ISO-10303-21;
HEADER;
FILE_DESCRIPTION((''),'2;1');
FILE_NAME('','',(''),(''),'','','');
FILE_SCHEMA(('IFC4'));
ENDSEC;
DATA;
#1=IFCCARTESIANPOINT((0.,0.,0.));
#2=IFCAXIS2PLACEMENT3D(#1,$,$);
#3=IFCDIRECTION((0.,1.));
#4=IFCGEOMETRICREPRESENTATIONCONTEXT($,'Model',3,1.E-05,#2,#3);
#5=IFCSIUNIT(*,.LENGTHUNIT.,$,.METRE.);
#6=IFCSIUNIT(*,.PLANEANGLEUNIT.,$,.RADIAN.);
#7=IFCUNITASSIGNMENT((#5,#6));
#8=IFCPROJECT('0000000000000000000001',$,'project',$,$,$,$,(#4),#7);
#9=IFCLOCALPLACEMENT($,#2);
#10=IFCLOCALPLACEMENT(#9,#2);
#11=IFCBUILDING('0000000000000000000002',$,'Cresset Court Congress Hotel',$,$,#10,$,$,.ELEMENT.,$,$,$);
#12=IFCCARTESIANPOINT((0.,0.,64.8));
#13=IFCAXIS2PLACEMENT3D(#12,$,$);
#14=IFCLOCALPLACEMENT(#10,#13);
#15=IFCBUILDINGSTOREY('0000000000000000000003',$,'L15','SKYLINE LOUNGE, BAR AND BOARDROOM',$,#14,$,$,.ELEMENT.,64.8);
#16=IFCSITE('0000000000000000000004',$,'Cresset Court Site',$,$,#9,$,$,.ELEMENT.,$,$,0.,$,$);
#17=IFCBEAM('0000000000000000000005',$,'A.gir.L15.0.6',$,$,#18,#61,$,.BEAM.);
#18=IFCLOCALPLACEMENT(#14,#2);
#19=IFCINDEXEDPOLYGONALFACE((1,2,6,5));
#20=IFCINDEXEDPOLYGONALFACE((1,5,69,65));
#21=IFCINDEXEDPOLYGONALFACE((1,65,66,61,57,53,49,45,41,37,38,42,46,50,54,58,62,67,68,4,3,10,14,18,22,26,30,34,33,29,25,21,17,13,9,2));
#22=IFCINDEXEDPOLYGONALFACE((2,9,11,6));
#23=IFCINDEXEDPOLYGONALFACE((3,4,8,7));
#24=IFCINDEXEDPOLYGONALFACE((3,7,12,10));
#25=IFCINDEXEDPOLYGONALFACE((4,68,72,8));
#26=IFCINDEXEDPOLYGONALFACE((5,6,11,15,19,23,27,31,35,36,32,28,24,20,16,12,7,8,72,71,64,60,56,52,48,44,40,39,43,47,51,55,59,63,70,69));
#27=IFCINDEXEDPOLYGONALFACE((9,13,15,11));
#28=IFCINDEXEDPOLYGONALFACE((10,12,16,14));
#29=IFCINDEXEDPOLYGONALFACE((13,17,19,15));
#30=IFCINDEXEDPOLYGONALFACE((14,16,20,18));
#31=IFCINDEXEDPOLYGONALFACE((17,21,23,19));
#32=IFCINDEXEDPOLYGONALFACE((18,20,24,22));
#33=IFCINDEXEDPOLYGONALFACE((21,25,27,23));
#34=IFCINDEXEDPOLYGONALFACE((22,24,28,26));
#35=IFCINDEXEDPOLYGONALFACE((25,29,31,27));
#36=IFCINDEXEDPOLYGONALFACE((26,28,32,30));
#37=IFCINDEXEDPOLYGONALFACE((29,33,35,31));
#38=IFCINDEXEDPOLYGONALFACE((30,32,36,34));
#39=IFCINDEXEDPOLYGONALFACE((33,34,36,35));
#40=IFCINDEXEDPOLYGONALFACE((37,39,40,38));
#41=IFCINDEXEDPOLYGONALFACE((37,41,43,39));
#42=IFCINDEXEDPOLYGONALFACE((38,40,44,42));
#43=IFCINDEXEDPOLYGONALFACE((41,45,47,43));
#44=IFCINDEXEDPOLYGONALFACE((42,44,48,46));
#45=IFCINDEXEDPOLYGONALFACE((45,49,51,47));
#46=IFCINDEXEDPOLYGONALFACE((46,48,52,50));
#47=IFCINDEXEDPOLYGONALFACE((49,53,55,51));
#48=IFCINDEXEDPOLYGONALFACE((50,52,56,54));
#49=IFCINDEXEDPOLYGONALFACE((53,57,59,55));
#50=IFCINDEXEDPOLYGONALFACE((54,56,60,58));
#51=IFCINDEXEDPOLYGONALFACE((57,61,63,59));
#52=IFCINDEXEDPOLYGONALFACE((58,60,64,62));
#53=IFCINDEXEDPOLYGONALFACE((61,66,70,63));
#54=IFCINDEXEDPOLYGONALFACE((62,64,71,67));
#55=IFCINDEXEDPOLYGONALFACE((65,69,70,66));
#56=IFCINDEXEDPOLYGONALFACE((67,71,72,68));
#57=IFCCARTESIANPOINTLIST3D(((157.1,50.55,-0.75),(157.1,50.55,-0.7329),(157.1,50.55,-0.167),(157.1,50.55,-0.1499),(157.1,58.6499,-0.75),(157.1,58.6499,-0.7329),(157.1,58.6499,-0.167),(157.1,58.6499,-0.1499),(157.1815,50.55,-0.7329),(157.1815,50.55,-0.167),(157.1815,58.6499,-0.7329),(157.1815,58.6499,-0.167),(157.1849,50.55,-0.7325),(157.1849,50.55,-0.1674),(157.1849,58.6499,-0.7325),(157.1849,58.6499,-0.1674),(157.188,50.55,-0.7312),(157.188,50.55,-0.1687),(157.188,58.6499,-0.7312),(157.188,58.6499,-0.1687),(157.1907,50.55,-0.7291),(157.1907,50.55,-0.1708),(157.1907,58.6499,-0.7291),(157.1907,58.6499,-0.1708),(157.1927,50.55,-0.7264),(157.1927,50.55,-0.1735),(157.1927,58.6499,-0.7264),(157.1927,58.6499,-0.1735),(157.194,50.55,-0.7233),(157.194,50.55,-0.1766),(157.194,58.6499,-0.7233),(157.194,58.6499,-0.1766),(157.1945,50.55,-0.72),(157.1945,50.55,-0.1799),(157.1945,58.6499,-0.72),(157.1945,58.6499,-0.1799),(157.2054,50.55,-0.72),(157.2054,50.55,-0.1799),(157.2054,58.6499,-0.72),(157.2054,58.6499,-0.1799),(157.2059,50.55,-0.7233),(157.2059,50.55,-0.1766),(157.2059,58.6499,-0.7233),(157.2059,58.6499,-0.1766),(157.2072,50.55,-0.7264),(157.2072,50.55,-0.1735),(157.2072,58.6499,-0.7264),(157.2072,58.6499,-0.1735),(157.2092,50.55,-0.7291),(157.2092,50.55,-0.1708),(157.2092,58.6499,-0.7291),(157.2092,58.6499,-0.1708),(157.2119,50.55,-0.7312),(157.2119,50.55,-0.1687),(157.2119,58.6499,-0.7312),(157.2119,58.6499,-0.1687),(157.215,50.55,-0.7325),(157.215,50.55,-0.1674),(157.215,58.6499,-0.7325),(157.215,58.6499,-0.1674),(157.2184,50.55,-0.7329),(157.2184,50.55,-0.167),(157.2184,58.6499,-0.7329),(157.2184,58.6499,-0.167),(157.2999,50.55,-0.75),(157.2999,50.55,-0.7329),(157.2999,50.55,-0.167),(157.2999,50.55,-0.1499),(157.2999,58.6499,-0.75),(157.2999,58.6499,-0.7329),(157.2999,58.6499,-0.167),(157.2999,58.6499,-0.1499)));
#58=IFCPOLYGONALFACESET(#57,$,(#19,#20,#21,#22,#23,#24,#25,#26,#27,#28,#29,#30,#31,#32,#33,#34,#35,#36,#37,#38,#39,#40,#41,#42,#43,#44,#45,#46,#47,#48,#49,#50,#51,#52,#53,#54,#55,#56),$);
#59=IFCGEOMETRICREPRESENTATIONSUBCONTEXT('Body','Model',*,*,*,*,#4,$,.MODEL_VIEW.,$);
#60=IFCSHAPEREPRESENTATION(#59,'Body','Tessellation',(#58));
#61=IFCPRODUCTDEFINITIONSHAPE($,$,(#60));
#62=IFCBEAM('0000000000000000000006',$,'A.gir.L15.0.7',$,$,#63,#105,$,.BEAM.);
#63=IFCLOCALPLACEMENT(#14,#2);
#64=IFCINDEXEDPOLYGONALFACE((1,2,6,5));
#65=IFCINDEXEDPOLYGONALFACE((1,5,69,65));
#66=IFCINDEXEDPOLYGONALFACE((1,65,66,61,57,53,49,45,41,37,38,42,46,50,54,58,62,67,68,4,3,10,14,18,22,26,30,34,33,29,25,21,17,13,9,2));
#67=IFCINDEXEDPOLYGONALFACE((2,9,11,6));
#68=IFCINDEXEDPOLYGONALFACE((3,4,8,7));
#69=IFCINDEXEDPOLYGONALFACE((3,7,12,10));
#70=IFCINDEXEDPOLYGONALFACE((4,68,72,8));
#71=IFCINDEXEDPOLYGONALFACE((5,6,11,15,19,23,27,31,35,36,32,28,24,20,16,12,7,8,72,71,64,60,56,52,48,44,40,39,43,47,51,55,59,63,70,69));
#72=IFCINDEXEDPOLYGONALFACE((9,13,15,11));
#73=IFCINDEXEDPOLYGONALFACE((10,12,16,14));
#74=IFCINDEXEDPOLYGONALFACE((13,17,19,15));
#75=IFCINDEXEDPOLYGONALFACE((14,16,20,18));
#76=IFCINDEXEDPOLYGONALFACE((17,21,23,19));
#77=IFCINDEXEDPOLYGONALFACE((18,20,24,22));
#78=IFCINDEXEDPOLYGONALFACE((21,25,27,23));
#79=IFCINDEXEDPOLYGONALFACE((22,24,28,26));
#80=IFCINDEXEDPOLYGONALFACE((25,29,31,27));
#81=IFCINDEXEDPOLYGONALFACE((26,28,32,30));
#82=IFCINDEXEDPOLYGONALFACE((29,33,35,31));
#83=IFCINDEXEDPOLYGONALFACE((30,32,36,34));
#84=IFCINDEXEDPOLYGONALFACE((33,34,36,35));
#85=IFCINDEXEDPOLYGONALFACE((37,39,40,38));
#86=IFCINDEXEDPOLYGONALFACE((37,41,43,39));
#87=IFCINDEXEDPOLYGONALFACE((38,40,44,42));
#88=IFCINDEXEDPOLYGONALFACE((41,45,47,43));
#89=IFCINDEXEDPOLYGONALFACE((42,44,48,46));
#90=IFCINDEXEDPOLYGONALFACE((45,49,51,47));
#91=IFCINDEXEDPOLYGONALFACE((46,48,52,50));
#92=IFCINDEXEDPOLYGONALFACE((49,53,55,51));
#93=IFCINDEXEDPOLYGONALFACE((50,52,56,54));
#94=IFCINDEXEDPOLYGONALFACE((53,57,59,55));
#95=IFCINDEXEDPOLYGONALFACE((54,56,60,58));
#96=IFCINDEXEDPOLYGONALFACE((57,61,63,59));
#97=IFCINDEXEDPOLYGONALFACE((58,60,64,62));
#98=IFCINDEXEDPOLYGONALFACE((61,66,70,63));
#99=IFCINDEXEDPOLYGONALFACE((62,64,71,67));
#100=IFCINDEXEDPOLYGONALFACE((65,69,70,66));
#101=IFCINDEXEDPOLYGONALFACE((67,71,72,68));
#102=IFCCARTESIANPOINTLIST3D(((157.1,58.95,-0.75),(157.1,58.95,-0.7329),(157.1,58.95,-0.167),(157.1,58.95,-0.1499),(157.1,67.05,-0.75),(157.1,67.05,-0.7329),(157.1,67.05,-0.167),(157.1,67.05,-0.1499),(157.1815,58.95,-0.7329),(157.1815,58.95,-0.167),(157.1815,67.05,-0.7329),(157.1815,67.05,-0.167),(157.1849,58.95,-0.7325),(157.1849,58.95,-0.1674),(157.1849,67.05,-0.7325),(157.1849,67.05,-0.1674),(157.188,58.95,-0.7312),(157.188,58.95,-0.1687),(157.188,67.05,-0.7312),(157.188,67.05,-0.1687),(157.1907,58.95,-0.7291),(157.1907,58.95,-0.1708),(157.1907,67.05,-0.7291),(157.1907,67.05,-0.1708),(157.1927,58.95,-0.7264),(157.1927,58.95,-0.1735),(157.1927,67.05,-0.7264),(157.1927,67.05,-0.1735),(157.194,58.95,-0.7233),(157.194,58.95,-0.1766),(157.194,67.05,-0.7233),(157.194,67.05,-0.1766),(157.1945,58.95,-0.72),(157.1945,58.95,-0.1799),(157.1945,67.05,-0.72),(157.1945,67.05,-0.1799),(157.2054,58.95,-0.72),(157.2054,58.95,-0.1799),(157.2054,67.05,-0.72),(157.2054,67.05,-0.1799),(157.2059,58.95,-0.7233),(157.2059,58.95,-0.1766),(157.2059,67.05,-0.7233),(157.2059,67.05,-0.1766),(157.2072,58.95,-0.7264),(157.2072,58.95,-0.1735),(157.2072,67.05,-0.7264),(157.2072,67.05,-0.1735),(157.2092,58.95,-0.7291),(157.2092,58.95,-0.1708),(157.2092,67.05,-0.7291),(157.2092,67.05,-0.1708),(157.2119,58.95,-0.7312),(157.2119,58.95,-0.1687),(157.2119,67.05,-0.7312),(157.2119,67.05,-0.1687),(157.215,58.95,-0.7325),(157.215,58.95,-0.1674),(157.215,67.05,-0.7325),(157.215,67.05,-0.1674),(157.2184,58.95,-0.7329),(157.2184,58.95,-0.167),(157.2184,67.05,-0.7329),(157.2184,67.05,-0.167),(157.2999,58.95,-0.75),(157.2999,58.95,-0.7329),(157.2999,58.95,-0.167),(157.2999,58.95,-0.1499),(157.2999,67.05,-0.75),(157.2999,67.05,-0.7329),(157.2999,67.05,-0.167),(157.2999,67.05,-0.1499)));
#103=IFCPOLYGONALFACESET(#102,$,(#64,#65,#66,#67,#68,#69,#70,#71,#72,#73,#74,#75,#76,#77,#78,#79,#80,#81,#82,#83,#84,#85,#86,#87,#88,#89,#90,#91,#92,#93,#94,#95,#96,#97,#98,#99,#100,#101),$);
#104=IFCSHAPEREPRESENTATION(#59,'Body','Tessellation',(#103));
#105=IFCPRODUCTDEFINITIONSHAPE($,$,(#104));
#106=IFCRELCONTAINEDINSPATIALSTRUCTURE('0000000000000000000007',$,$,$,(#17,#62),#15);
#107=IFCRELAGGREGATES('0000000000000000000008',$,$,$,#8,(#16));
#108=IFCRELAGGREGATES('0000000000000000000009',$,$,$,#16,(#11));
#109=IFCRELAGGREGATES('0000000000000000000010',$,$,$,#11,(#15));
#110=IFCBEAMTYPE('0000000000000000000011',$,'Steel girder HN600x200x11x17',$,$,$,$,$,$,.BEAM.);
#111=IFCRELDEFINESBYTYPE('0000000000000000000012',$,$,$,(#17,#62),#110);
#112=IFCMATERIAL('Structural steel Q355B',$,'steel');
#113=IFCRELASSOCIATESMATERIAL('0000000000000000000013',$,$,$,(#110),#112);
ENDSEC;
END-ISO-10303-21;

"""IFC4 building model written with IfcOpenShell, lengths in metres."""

from ifc_helpers import new_model, si_unit, direction, frame, origin, origin_2d, place, context, subcontext, project, spatial, i_section, extrude, material, material_profile, profile_set, type_object, element, save


model = new_model("IFC4")

# Units and contexts
model_context = context("Model", 3, precision=1e-05, world=origin(), true_north=direction((0.0, 1.0)))
body_context = subcontext(model_context, "Body", "Model", "MODEL_VIEW")
ifc_project = project(units=[si_unit("LENGTHUNIT", "METRE"), si_unit("PLANEANGLEUNIT", "RADIAN")], contexts=[model_context])

# Site, building, storey
site_placement = place(None, origin())
site = spatial("IfcSite", under=ifc_project, at=site_placement, Name="Cresset Court Site", CompositionType="ELEMENT", RefElevation=0.0)
building_placement = place(site_placement, origin())
building = spatial("IfcBuilding", under=site, at=building_placement, Name="Cresset Court Congress Hotel", CompositionType="ELEMENT")
storey_placement = place(building_placement, frame((0.0, 0.0, 64.8)))
storey = spatial("IfcBuildingStorey", under=building, at=storey_placement, Name="L15", Description="SKYLINE LOUNGE, BAR AND BOARDROOM", CompositionType="ELEMENT", Elevation=64.8)

# Beams
ifc_material_1 = material(Name="Structural steel Q355B", Category="steel")
ifc_material_profile_1 = material_profile(ifc_material_1, i_section(OverallWidth=0.2, OverallDepth=0.6001, WebThickness=0.011, FlangeThickness=0.0171, FilletRadius=0.0129, at=origin_2d()), Name="HN600x200x11x17")
ifc_profile_set_1 = profile_set([ifc_material_profile_1], Name="Structural steel Q355B")
beam_type_1 = type_object("IfcBeamType", Name="Steel girder HN600x200x11x17", PredefinedType="BEAM", material=ifc_profile_set_1)
beam_1_placement = place(storey_placement, frame((157.2, 50.55, -0.45), z_axis=(0.0, 1.0, 0.0), x_axis=(-1.0, 0.0, 0.0)))
element("IfcBeam", 1, at=beam_1_placement, inside=storey, type_object=beam_type_1, Name="A.gir.L15.0.6", PredefinedType="BEAM", context=body_context, shape_type="SweptSolid", body=[
    extrude(i_section(OverallWidth=0.2, OverallDepth=0.6001, WebThickness=0.011, FlangeThickness=0.0171, FilletRadius=0.0129, at=origin_2d()), origin(), (0.0, 0.0, 1.0), 8.0999),
])
beam_2_placement = place(storey_placement, frame((157.2, 58.95, -0.45), z_axis=(0.0, 1.0, 0.0), x_axis=(-1.0, 0.0, 0.0)))
element("IfcBeam", 2, at=beam_2_placement, inside=storey, type_object=beam_type_1, Name="A.gir.L15.0.7", PredefinedType="BEAM", context=body_context, shape_type="SweptSolid", body=[
    extrude(i_section(OverallWidth=0.2, OverallDepth=0.6001, WebThickness=0.011, FlangeThickness=0.0171, FilletRadius=0.0129, at=origin_2d()), origin(), (0.0, 0.0, 1.0), 8.1001),
])

save(model, "model.ifc")
